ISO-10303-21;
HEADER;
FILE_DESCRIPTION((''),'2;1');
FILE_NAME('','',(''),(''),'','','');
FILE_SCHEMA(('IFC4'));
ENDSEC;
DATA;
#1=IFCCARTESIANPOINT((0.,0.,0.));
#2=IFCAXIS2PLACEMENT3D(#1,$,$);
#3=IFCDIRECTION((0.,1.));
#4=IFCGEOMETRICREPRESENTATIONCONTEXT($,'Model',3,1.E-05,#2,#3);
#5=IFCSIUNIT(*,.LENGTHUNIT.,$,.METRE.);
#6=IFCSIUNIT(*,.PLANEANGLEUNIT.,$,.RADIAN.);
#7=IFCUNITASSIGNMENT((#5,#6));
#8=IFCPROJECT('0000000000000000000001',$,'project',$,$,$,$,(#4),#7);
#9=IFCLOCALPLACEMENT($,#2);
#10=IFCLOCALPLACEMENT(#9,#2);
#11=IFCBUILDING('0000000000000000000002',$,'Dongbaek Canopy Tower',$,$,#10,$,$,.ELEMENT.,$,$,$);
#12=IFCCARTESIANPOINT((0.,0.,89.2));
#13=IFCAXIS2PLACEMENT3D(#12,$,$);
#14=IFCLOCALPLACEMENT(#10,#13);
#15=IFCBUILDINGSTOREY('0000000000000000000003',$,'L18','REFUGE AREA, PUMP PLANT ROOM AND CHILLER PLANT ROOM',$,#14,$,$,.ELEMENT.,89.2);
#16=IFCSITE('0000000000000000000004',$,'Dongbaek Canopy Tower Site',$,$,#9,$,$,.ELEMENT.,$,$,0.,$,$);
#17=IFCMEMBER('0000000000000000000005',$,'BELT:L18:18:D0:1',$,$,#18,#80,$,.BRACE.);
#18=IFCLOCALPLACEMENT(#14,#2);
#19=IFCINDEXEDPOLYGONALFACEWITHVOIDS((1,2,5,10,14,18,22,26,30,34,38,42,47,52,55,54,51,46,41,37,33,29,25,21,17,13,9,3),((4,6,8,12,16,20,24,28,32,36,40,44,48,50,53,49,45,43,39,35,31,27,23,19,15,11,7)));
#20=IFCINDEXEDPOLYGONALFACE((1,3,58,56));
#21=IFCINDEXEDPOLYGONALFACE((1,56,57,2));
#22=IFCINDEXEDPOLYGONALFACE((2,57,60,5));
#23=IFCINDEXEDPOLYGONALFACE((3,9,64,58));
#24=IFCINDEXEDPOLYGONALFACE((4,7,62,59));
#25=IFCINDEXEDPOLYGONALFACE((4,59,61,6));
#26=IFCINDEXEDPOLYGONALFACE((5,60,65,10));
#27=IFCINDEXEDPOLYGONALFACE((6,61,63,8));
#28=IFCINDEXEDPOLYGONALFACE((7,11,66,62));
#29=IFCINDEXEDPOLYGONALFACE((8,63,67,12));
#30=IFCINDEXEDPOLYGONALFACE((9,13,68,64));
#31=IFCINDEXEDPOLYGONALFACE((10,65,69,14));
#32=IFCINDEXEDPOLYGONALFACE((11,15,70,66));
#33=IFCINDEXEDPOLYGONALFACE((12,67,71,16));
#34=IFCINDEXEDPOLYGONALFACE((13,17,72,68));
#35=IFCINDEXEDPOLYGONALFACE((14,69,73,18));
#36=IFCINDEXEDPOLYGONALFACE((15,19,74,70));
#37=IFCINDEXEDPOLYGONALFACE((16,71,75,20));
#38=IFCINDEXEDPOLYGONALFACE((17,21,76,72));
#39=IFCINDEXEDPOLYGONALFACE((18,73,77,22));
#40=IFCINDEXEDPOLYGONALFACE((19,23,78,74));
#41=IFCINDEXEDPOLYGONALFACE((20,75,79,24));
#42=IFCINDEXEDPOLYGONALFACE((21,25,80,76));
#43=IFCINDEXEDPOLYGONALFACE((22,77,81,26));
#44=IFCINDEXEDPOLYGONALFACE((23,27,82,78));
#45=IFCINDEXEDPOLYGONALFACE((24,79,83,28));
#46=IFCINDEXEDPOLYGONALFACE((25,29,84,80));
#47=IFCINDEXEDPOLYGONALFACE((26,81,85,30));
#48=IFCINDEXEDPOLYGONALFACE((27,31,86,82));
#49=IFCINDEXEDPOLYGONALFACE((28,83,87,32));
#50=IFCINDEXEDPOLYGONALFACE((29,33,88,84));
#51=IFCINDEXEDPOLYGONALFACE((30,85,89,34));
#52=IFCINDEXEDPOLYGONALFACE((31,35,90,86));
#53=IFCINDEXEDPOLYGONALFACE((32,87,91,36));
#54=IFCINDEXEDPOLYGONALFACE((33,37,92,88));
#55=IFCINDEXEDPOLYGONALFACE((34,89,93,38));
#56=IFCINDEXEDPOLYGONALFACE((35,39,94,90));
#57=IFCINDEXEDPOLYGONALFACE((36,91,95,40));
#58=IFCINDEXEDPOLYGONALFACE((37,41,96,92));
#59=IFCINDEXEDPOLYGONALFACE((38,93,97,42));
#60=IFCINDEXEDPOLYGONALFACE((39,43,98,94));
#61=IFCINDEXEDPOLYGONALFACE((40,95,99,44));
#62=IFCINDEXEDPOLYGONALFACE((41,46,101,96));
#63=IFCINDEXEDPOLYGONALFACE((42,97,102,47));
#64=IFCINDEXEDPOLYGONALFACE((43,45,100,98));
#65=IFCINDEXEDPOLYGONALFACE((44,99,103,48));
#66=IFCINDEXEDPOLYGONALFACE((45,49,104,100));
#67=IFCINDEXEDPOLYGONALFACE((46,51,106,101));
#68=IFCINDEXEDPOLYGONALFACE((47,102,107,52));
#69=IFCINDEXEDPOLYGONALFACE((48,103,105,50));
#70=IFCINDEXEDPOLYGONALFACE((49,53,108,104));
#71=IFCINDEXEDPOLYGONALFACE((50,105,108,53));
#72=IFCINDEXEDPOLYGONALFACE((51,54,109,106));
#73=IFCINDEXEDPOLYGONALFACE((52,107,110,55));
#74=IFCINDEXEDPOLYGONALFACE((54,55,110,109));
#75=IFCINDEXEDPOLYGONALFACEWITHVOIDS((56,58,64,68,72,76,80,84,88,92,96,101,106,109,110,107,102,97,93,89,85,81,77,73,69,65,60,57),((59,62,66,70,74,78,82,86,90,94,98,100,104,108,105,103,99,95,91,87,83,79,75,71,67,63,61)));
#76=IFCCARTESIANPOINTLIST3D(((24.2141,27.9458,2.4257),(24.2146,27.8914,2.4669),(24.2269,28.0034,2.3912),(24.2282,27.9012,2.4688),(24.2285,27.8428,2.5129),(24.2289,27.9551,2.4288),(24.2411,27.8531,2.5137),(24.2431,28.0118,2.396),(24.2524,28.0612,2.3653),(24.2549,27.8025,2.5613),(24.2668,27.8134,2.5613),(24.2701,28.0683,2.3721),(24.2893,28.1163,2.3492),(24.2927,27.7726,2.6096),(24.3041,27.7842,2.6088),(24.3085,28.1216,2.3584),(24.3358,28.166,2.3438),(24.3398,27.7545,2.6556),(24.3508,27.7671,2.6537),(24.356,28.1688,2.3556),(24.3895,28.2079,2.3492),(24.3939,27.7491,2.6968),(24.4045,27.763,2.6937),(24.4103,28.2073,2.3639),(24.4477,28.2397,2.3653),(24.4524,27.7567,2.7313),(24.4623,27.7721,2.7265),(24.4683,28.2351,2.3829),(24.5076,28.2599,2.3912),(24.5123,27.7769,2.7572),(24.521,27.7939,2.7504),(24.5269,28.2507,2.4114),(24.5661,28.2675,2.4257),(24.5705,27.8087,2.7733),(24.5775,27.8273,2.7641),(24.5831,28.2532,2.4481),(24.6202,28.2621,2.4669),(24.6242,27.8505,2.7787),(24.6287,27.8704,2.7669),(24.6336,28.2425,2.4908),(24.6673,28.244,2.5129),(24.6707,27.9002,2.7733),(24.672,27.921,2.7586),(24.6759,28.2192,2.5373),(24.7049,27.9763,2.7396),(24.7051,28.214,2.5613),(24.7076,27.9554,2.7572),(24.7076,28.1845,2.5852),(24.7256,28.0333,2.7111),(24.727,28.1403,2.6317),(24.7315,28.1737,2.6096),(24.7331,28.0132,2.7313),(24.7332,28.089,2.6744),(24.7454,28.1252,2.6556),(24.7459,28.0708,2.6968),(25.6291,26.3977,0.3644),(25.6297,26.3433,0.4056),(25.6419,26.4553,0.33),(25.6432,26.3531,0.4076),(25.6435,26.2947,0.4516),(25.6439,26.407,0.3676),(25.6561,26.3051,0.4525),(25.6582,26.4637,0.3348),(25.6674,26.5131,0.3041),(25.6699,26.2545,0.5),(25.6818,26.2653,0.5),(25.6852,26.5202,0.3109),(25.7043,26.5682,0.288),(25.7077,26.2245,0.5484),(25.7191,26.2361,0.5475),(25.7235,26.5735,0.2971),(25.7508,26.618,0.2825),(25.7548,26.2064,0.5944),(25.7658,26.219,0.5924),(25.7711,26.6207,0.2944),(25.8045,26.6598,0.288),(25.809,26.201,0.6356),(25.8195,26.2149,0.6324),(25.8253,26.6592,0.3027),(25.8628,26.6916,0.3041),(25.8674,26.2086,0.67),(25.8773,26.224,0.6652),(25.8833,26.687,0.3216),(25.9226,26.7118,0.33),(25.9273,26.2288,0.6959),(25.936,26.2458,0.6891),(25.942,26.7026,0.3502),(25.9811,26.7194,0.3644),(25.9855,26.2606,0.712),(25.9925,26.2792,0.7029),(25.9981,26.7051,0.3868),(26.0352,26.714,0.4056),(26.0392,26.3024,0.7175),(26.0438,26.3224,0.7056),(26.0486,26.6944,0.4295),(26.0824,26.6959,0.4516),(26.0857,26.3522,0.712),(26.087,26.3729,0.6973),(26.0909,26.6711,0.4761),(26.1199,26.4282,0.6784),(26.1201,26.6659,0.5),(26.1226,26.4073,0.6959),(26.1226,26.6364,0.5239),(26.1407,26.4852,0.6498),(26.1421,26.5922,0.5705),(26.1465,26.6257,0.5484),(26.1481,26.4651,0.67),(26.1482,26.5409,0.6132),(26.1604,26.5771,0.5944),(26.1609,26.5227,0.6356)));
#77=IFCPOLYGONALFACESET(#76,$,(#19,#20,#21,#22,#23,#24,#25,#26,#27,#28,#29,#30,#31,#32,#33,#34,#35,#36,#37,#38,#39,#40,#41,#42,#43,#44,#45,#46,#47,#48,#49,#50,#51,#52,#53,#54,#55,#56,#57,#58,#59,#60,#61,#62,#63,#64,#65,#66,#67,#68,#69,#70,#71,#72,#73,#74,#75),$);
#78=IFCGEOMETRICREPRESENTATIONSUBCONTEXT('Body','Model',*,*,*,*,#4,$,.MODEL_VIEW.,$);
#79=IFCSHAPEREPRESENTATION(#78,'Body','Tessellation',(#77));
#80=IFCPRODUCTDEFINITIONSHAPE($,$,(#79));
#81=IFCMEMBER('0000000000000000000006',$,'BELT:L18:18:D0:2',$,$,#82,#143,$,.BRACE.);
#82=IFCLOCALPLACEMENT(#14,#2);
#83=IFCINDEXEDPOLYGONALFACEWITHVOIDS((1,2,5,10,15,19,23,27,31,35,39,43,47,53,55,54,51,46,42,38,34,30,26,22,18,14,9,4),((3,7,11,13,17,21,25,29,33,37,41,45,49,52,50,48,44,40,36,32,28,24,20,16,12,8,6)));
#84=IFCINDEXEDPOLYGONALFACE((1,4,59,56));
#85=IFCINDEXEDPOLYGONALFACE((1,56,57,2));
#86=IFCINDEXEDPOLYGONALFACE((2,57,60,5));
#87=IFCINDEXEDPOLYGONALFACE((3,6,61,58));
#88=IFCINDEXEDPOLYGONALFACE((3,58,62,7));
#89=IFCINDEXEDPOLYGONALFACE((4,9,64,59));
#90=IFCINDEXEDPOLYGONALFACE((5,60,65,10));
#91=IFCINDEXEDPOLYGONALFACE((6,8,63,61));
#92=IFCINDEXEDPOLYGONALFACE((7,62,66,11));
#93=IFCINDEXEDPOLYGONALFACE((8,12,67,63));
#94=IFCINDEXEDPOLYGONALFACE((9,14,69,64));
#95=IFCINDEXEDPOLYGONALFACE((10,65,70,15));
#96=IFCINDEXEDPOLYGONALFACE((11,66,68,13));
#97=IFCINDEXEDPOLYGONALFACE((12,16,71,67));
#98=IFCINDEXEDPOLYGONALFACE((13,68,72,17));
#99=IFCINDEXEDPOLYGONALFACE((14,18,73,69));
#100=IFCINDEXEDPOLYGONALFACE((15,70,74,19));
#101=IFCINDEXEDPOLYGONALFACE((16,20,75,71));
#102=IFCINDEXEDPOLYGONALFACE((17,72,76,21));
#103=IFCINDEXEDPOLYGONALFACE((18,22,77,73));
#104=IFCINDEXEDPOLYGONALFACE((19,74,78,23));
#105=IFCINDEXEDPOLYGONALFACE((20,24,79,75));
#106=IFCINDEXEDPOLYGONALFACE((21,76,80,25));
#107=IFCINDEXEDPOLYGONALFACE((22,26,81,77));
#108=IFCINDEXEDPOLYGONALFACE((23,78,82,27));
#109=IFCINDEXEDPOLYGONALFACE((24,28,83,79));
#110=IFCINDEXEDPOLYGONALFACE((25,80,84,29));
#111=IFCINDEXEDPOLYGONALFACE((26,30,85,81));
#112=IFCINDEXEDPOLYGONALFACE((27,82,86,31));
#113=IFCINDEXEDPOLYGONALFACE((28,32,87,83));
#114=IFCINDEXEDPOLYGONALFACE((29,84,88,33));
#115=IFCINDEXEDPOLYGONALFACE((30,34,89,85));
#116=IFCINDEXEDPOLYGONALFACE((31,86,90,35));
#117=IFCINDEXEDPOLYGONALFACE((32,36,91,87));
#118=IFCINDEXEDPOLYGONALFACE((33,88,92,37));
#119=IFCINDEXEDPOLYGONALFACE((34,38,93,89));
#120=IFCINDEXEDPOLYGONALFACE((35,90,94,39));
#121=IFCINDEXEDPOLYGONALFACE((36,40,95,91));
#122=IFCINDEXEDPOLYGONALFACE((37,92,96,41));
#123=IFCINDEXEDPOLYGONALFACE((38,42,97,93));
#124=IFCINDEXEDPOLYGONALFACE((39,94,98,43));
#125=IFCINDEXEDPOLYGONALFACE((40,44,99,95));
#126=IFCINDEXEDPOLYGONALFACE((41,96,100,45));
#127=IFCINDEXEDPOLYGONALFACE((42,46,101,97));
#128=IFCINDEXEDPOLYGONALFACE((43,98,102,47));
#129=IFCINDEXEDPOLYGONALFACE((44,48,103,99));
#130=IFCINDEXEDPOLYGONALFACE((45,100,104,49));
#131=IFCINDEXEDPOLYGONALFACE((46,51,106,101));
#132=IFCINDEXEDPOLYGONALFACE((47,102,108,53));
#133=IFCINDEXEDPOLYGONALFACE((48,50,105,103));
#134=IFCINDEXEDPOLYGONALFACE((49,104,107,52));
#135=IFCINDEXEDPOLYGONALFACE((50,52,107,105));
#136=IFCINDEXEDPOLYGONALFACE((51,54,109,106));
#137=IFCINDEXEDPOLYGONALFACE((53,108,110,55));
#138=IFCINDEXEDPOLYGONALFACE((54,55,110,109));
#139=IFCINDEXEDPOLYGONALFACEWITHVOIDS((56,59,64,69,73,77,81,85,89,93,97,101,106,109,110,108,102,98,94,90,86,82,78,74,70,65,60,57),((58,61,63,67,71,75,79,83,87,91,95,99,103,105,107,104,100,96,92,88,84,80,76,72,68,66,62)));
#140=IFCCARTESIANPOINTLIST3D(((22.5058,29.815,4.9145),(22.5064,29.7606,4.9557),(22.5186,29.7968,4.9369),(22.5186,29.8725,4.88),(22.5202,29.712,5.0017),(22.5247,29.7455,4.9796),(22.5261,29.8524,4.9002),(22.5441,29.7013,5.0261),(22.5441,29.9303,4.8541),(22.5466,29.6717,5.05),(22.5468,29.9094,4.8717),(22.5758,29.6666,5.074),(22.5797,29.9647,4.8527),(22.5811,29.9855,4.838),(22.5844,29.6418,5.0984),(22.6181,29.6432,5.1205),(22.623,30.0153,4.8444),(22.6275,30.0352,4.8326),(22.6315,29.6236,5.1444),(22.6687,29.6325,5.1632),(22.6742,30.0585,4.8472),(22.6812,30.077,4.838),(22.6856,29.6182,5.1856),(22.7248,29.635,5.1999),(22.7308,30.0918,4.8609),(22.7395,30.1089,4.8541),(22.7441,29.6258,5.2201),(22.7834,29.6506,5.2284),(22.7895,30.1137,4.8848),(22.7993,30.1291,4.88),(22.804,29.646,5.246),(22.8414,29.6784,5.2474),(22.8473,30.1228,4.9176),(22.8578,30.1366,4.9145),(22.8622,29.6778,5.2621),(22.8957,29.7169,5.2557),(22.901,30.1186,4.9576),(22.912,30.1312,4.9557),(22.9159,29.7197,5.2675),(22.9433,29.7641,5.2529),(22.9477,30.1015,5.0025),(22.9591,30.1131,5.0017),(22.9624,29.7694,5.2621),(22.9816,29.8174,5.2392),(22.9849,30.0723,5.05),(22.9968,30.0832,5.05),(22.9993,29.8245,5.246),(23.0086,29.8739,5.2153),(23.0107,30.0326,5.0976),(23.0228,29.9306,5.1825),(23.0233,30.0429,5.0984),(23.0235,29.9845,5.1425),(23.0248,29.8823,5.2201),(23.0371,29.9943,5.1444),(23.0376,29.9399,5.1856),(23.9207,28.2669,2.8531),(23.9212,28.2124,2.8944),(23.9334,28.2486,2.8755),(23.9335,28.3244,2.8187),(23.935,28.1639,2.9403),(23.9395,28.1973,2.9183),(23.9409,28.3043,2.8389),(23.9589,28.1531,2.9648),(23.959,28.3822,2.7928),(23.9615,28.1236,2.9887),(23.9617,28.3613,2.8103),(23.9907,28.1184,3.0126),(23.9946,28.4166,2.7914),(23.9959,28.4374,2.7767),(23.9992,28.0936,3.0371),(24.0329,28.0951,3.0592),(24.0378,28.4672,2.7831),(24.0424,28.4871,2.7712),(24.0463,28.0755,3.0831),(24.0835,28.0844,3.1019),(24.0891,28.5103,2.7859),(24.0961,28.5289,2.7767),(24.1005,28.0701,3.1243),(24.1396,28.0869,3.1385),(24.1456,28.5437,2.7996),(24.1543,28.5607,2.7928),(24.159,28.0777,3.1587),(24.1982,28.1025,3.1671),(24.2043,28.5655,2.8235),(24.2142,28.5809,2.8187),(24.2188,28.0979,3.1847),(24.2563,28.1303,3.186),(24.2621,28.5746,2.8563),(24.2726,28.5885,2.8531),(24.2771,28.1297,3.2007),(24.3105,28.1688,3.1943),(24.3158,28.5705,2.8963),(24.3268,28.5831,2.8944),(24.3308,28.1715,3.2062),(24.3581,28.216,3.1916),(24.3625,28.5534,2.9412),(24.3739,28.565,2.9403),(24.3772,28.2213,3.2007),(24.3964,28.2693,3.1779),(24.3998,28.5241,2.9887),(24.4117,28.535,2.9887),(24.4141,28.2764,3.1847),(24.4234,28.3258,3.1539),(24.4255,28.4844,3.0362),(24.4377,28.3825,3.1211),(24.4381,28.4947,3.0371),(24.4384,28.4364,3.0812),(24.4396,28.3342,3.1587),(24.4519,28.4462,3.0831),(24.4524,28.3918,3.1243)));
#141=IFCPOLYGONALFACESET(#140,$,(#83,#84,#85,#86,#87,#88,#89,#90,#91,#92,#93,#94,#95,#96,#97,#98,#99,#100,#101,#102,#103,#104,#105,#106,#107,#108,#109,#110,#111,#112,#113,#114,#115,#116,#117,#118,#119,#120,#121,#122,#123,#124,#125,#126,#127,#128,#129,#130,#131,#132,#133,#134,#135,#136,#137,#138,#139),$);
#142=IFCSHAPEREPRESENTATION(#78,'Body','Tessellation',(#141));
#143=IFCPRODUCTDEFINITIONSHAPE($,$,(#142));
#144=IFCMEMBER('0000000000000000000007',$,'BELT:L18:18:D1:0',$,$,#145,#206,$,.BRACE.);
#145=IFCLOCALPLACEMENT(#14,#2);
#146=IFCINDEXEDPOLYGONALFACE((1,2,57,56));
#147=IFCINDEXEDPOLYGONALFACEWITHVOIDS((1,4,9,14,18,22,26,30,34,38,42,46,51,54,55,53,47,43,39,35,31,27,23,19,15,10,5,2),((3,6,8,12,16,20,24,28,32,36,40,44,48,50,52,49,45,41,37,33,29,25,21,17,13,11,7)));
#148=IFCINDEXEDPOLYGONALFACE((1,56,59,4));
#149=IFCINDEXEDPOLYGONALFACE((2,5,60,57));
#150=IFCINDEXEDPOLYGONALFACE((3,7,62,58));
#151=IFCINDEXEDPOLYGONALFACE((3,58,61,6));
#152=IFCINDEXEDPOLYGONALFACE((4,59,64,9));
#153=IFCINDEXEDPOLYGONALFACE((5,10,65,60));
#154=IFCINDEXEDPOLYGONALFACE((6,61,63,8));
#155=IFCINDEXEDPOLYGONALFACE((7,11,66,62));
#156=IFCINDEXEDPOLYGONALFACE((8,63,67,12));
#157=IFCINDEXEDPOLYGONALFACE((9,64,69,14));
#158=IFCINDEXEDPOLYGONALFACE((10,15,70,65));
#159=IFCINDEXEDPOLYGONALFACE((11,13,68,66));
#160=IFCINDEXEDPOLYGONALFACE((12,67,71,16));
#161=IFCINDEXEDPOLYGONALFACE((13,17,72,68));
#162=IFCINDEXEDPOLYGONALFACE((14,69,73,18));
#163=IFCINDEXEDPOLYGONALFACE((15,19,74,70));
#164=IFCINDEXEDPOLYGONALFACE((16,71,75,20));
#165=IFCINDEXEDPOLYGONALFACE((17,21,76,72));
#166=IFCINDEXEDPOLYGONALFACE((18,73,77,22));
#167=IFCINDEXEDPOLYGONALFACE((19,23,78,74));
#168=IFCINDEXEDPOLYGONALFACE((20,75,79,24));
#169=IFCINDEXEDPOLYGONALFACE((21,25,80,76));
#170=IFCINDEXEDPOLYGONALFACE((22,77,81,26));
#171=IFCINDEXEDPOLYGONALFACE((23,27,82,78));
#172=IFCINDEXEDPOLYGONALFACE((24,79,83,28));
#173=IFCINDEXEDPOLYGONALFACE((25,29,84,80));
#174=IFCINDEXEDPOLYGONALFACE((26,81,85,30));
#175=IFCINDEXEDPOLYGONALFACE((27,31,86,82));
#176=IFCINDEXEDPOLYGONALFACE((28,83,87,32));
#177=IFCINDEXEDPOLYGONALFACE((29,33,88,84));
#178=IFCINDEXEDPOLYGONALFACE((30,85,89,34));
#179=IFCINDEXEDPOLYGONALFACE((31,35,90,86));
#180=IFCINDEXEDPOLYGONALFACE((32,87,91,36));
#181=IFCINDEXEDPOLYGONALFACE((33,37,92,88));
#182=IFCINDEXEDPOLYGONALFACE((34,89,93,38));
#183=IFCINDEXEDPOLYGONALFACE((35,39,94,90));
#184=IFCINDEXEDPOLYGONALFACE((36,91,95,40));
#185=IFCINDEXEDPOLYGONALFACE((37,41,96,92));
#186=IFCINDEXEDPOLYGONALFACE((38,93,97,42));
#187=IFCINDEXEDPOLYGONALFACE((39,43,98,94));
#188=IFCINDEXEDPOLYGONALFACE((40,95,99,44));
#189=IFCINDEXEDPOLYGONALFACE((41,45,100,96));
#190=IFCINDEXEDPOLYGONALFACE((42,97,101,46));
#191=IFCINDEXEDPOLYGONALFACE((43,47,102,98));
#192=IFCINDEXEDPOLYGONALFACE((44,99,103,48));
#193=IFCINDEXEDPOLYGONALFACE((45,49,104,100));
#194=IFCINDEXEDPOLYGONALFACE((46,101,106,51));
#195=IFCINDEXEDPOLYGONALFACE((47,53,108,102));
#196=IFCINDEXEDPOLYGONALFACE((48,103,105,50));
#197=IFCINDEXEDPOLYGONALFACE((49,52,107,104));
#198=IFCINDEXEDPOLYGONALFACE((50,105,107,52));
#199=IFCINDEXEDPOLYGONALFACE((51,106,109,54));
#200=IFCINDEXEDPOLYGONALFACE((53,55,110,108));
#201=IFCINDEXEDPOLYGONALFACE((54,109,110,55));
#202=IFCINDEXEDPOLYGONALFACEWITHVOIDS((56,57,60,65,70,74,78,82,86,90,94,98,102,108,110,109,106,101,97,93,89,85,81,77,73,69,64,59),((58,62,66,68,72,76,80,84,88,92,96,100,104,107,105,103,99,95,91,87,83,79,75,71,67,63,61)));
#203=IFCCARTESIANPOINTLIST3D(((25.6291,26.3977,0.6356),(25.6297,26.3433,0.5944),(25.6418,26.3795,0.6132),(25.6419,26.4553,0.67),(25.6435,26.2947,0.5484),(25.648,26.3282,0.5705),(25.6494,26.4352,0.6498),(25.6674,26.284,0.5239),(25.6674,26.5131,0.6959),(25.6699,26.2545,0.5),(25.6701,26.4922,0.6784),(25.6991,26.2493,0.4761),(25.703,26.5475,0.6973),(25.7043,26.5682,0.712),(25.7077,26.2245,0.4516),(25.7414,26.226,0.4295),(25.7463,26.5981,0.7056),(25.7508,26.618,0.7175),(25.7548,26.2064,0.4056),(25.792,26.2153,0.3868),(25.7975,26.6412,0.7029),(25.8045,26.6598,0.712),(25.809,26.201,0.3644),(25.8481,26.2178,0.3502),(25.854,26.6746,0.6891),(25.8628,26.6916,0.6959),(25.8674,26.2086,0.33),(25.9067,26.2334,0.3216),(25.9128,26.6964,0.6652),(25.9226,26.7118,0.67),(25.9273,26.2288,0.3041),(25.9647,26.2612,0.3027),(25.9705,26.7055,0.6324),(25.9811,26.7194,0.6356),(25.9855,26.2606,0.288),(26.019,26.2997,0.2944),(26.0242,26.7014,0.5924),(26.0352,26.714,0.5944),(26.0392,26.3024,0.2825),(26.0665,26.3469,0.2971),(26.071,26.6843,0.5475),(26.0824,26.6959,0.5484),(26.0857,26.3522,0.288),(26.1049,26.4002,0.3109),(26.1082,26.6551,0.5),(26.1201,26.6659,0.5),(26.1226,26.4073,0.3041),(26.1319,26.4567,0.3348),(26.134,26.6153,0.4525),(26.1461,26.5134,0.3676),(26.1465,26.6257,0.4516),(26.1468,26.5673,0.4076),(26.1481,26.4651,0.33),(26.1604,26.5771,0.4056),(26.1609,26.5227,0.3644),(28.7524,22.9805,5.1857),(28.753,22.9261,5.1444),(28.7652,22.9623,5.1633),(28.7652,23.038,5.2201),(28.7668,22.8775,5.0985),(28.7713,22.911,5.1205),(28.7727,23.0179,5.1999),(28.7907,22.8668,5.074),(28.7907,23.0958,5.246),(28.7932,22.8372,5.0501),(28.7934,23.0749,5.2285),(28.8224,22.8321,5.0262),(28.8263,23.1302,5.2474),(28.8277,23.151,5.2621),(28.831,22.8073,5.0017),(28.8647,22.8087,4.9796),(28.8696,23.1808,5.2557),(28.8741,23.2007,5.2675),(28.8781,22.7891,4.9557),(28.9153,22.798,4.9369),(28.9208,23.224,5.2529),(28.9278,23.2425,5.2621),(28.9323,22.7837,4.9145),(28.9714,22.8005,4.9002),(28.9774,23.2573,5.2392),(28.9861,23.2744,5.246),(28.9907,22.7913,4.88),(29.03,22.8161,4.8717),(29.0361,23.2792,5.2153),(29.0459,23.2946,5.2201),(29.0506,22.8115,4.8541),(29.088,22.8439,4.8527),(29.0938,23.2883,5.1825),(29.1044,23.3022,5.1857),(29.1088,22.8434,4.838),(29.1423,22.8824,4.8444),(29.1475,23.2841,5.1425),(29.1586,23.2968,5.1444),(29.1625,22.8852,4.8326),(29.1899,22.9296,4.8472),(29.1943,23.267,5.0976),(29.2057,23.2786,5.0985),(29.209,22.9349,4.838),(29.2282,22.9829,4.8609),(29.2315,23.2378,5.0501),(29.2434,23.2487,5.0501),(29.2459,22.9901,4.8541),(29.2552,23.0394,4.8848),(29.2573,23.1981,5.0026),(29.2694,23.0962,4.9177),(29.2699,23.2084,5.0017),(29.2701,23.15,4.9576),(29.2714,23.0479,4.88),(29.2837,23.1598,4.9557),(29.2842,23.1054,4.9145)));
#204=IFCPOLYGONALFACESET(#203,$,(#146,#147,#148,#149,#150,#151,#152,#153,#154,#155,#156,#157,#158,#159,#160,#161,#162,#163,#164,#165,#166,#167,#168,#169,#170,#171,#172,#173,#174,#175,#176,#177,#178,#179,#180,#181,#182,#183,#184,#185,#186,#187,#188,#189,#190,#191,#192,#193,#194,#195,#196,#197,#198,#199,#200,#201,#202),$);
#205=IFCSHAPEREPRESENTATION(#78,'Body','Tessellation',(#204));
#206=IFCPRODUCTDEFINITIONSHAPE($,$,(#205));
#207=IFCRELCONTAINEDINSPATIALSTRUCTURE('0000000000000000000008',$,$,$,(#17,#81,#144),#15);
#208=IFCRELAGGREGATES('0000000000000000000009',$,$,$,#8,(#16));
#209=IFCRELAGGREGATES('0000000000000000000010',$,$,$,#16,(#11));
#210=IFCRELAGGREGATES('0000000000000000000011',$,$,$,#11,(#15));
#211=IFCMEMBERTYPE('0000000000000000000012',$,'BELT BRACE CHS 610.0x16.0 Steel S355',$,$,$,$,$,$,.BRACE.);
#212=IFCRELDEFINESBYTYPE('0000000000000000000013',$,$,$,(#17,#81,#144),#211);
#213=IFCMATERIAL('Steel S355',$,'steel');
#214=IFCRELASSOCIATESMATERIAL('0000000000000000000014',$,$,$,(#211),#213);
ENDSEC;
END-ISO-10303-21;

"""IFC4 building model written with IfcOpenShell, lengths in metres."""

from ifc_helpers import new_model, si_unit, direction, frame, origin, origin_2d, place, context, subcontext, project, spatial, hollow_circle, extrude, material, material_profile, profile_set, type_object, element, save


model = new_model("IFC4")

# Units and contexts
model_context = context("Model", 3, precision=1e-05, world=origin(), true_north=direction((0.0, 1.0)))
body_context = subcontext(model_context, "Body", "Model", "MODEL_VIEW")
ifc_project = project(units=[si_unit("LENGTHUNIT", "METRE"), si_unit("PLANEANGLEUNIT", "RADIAN")], contexts=[model_context])

# Site, building, storey
site_placement = place(None, origin())
site = spatial("IfcSite", under=ifc_project, at=site_placement, Name="Dongbaek Canopy Tower Site", CompositionType="ELEMENT", RefElevation=0.0)
building_placement = place(site_placement, origin())
building = spatial("IfcBuilding", under=site, at=building_placement, Name="Dongbaek Canopy Tower", CompositionType="ELEMENT")
storey_placement = place(building_placement, frame((0.0, 0.0, 89.2)))
storey = spatial("IfcBuildingStorey", under=building, at=storey_placement, Name="L18", Description="REFUGE AREA, PUMP PLANT ROOM AND CHILLER PLANT ROOM", CompositionType="ELEMENT", Elevation=89.2)

# Members
ifc_material_1 = material(Name="Steel S355", Category="steel")
ifc_material_profile_1 = material_profile(ifc_material_1, hollow_circle(Radius=0.3049, WallThickness=0.0161, at=origin_2d()), Name="BELT BRACE CHS 610.0x16.0 Steel S355")
ifc_profile_set_1 = profile_set([ifc_material_profile_1], Name="Steel S355")
member_type_1 = type_object("IfcMemberType", Name="BELT BRACE CHS 610.0x16.0 Steel S355", PredefinedType="BRACE", material=ifc_profile_set_1)
for number, where, z_axis, x_axis, name in (
    (1, (25.895, 26.4602, 0.5), (-0.481189, 0.526435, 0.700945), (-0.738115, -0.674675, 0.0), "BELT:L18:18:D0:1"),
    (2, (22.7717, 29.8774, 5.05), (0.481125, -0.526456, -0.700973), (0.738173, 0.674612, 0.0), "BELT:L18:18:D0:2"),
):
    element("IfcMember", number, at=place(storey_placement, frame(where, z_axis=z_axis, x_axis=x_axis)), inside=storey, type_object=member_type_1, Name=name, PredefinedType="BRACE", context=body_context, shape_type="SweptSolid", body=[
        extrude(hollow_circle(Radius=0.3049, WallThickness=0.0161, at=origin_2d()), origin(), (0.0, 0.0, 1.0), 2.9407),
    ])
member_1_placement = place(storey_placement, frame((25.895, 26.4602, 0.5), z_axis=(0.481159, -0.526443, 0.700959), x_axis=(0.738141, 0.674647, 0.0)))
element("IfcMember", 3, at=member_1_placement, inside=storey, type_object=member_type_1, Name="BELT:L18:18:D1:0", PredefinedType="BRACE", context=body_context, shape_type="SweptSolid", body=[
    extrude(hollow_circle(Radius=0.3049, WallThickness=0.0161, at=origin_2d()), origin(), (0.0, 0.0, 1.0), 6.4912),
])

save(model, "model.ifc")
